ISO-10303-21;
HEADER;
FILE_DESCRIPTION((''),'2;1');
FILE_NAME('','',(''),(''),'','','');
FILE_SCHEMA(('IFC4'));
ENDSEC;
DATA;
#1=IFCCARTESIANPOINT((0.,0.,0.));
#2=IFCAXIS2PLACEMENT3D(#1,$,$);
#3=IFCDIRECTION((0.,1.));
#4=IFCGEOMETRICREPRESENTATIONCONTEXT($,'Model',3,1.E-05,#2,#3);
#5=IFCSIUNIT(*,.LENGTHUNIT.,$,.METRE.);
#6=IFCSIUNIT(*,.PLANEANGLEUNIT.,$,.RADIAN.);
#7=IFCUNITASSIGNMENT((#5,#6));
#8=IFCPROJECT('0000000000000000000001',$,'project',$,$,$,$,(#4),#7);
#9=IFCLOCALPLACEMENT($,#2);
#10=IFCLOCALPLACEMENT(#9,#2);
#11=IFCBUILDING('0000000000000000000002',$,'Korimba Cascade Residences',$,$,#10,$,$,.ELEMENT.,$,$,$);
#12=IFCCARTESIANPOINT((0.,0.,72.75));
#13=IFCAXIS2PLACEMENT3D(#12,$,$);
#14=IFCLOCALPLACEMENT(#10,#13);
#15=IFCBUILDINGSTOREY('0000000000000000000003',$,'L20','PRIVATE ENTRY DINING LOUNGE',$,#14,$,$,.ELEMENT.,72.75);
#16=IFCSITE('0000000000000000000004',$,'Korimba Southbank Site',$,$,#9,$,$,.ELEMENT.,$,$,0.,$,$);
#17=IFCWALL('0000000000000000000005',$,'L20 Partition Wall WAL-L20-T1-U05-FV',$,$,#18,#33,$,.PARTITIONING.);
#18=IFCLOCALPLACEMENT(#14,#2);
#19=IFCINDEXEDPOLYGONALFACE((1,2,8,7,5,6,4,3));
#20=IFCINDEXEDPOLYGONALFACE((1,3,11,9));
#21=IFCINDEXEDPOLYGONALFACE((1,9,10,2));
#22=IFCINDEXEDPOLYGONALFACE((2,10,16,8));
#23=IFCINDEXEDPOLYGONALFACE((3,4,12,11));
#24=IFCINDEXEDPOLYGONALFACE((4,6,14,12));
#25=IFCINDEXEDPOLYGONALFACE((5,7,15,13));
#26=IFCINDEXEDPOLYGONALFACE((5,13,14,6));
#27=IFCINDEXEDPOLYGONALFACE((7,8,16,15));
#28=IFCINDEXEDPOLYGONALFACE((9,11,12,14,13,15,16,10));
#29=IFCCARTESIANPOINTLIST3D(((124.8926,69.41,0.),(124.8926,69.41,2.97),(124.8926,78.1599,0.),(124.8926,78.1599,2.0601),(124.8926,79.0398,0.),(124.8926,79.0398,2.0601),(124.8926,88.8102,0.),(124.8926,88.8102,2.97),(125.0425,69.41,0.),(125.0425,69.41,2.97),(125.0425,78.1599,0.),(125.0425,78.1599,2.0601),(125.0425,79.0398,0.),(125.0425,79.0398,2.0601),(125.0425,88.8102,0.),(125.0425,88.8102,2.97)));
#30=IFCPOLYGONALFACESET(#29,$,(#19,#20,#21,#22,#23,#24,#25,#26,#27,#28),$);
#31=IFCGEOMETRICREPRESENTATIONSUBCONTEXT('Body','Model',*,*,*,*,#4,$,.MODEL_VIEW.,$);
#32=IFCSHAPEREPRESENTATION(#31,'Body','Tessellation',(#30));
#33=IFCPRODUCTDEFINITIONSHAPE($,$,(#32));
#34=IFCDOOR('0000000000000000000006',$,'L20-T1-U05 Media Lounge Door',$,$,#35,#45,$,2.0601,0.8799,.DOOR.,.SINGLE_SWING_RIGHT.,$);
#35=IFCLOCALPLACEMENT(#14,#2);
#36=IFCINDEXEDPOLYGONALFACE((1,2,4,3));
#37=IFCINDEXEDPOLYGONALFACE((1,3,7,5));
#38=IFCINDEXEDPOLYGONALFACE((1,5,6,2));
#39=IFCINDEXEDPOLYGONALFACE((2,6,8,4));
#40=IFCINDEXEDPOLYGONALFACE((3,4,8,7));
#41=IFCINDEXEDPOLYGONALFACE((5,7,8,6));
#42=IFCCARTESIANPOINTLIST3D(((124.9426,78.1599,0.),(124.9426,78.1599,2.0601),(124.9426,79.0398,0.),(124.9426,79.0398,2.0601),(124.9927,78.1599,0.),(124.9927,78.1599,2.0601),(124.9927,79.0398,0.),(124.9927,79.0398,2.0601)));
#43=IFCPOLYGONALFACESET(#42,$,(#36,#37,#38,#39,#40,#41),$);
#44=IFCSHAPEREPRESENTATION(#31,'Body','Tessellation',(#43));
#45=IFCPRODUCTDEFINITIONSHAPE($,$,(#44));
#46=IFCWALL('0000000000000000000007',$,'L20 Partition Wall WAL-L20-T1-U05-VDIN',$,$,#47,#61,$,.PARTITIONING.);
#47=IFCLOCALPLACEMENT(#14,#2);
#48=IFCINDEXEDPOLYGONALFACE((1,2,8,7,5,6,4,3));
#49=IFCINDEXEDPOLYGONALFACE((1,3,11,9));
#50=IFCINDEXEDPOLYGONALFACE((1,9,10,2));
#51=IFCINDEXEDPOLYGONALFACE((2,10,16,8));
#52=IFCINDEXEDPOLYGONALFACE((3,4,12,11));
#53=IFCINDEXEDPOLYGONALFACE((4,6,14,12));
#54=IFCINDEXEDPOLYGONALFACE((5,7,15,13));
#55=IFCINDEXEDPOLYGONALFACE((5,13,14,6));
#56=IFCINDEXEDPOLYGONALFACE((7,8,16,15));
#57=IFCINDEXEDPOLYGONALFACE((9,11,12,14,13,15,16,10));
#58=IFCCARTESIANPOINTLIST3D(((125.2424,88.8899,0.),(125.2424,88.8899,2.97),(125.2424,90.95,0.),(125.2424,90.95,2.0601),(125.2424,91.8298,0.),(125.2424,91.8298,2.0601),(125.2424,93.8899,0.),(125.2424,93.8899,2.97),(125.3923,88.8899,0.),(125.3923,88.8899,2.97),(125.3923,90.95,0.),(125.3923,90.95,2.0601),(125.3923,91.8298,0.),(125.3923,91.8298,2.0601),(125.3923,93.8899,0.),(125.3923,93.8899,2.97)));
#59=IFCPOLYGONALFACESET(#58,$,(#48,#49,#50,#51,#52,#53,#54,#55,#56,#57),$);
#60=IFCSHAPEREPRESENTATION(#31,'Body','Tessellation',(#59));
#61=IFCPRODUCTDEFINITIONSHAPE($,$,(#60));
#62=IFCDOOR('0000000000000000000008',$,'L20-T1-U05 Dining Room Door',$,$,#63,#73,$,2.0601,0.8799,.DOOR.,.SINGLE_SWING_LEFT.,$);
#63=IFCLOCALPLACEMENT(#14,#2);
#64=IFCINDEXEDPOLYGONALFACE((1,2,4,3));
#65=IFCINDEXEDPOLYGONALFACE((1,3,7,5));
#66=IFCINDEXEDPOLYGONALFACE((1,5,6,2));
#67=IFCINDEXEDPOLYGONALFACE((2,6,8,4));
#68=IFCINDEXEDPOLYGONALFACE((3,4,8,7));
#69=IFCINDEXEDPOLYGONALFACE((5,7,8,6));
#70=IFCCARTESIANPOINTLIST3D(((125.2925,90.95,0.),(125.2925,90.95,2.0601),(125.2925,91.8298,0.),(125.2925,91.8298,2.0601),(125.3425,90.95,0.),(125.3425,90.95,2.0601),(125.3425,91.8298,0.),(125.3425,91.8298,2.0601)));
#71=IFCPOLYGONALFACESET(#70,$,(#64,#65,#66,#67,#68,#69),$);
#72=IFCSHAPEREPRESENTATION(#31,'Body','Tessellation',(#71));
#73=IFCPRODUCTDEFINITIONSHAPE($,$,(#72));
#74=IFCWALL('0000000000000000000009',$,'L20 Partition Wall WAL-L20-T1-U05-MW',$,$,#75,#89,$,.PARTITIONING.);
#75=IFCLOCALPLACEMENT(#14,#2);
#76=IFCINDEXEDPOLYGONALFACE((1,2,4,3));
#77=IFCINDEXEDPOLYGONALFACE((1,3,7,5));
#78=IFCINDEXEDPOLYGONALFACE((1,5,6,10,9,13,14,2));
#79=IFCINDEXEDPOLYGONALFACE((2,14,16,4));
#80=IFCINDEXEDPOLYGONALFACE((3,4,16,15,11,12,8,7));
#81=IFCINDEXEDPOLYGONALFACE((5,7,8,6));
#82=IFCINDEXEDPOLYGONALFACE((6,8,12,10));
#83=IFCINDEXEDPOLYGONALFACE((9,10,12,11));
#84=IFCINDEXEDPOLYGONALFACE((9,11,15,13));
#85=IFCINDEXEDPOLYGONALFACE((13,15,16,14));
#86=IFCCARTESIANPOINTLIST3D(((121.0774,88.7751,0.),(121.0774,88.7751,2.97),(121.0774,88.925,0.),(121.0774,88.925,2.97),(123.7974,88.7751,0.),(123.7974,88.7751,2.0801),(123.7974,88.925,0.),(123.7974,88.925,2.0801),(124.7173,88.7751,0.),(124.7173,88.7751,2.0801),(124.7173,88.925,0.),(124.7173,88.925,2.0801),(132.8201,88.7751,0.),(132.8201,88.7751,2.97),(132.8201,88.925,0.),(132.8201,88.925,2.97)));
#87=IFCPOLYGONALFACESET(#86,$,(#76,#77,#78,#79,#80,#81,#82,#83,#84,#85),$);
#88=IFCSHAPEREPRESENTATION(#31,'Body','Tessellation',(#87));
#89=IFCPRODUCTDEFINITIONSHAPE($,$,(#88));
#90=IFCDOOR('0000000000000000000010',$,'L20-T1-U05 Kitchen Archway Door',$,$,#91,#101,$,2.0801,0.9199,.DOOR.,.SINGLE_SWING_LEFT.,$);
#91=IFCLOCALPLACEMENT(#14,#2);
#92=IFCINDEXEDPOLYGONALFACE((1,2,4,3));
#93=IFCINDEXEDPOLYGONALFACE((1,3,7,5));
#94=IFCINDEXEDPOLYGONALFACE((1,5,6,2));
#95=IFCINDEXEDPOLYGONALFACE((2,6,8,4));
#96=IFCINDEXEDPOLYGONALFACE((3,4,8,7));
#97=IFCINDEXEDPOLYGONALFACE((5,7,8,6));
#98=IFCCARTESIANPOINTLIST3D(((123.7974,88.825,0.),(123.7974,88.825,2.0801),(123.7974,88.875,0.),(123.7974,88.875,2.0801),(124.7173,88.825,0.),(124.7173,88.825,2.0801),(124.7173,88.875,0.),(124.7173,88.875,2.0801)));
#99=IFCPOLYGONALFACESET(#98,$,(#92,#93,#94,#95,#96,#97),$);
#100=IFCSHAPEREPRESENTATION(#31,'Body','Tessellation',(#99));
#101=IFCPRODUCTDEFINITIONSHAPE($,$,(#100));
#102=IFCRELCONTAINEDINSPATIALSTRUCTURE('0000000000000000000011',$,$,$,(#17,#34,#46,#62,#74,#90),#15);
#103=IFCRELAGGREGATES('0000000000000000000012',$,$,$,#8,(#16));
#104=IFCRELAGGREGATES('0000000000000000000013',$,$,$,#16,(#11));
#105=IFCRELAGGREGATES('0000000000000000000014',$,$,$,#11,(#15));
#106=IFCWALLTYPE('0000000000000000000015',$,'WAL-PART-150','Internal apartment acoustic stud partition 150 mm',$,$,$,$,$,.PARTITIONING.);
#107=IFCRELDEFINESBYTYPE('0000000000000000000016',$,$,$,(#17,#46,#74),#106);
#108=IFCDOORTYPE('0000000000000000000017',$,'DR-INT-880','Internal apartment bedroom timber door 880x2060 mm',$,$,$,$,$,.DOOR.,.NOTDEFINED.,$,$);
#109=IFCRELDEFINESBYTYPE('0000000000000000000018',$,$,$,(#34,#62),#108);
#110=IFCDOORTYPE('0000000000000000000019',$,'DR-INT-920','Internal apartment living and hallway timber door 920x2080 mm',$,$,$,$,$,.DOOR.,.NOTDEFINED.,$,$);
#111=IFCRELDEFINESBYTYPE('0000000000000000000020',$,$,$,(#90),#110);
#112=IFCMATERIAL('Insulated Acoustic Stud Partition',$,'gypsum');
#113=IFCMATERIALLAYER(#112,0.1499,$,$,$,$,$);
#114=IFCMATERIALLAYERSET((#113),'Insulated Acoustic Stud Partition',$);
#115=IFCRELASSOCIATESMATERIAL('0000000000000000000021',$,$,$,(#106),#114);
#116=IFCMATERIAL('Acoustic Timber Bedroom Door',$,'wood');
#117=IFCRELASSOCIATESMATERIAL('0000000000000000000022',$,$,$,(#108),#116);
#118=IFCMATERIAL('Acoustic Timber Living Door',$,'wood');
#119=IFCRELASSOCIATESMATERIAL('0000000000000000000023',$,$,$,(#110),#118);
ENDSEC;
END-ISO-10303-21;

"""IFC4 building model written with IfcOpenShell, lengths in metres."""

from ifc_helpers import new_model, si_unit, direction, frame, frame_2d, origin, place, context, subcontext, project, spatial, rectangle, extrude, material, layer, layer_set, type_object, element, fill, save


model = new_model("IFC4")

# Units and contexts
model_context = context("Model", 3, precision=1e-05, world=origin(), true_north=direction((0.0, 1.0)))
body_context = subcontext(model_context, "Body", "Model", "MODEL_VIEW")
ifc_project = project(units=[si_unit("LENGTHUNIT", "METRE"), si_unit("PLANEANGLEUNIT", "RADIAN")], contexts=[model_context])

# Site, building, storey
site_placement = place(None, origin())
site = spatial("IfcSite", under=ifc_project, at=site_placement, Name="Korimba Southbank Site", CompositionType="ELEMENT", RefElevation=0.0)
building_placement = place(site_placement, origin())
building = spatial("IfcBuilding", under=site, at=building_placement, Name="Korimba Cascade Residences", CompositionType="ELEMENT")
storey_placement = place(building_placement, frame((0.0, 0.0, 72.75)))
storey = spatial("IfcBuildingStorey", under=building, at=storey_placement, Name="L20", Description="PRIVATE ENTRY DINING LOUNGE", CompositionType="ELEMENT", Elevation=72.75)

# Walls, openings, doors
ifc_material_1 = material(Name="Insulated Acoustic Stud Partition", Category="gypsum")
ifc_layer_1 = layer(ifc_material_1, 0.1499)
ifc_layer_set_1 = layer_set([ifc_layer_1], Name="Insulated Acoustic Stud Partition")
wall_type_1 = type_object("IfcWallType", Name="WAL-PART-150", Description="Internal apartment acoustic stud partition 150 mm", PredefinedType="PARTITIONING", material=ifc_layer_set_1)
ifc_material_2 = material(Name="Acoustic Timber Bedroom Door", Category="wood")
door_type_1 = type_object("IfcDoorType", Name="DR-INT-880", Description="Internal apartment bedroom timber door 880x2060 mm", OperationType="NOTDEFINED", PredefinedType="DOOR", material=ifc_material_2)
wall_1_placement = place(storey_placement, frame((124.9675, 69.4099, 0.0), z_axis=(0.0, 0.0, 1.0), x_axis=(0.0, 1.0, 0.0)))
wall_1 = element("IfcWall", 1, at=wall_1_placement, inside=storey, type_object=wall_type_1, Name="L20 Partition Wall WAL-L20-T1-U05-FV", PredefinedType="PARTITIONING", context=body_context, shape_type="SweptSolid", body=[
    extrude(rectangle(XDim=19.4001, YDim=0.1499, at=frame_2d((9.7002, 0.0))), origin(), (0.0, 0.0, 1.0), 2.97),
])
opening_1_placement = place(wall_1_placement, frame((8.75, 0.0, 0.0)))
opening_1 = element("IfcOpeningElement", 2, at=opening_1_placement, cuts=wall_1, PredefinedType="OPENING", context=body_context, shape_type="SweptSolid", body=[
    extrude(rectangle(XDim=0.8799, YDim=2.0601, at=frame_2d((0.4399, 1.03))), frame((0.0, 0.085, 0.0), z_axis=(0.0, -1.0, 0.0), x_axis=(1.0, 0.0, 0.0)), (0.0, 0.0, 1.0), 0.1699),
])
door_1_placement = place(opening_1_placement, origin())
door_1 = element("IfcDoor", 3, at=door_1_placement, inside=storey, type_object=door_type_1, Name="L20-T1-U05 Media Lounge Door", OperationType="SINGLE_SWING_RIGHT", OverallHeight=2.0601, OverallWidth=0.8799, PredefinedType="DOOR", context=body_context, shape_type="SweptSolid", body=[
    extrude(rectangle(XDim=0.8799, YDim=2.0601, at=frame_2d((0.4399, 1.03))), frame((0.0, 0.0249, 0.0), z_axis=(0.0, -1.0, 0.0), x_axis=(1.0, 0.0, 0.0)), (0.0, 0.0, 1.0), 0.05),
])
fill(opening_1, door_1)
wall_2_placement = place(storey_placement, frame((125.3174, 88.8899, 0.0), z_axis=(0.0, 0.0, 1.0), x_axis=(0.0, 1.0, 0.0)))
wall_2 = element("IfcWall", 4, at=wall_2_placement, inside=storey, type_object=wall_type_1, Name="L20 Partition Wall WAL-L20-T1-U05-VDIN", PredefinedType="PARTITIONING", context=body_context, shape_type="SweptSolid", body=[
    extrude(rectangle(XDim=5.0, YDim=0.1499, at=frame_2d((2.5, 0.0))), origin(), (0.0, 0.0, 1.0), 2.97),
])
opening_2_placement = place(wall_2_placement, frame((2.0601, 0.0, 0.0)))
opening_2 = element("IfcOpeningElement", 5, at=opening_2_placement, cuts=wall_2, PredefinedType="OPENING", context=body_context, shape_type="SweptSolid", body=[
    extrude(rectangle(XDim=0.8799, YDim=2.0601, at=frame_2d((0.4399, 1.03))), frame((0.0, 0.085, 0.0), z_axis=(0.0, -1.0, 0.0), x_axis=(1.0, 0.0, 0.0)), (0.0, 0.0, 1.0), 0.1699),
])
door_2_placement = place(opening_2_placement, origin())
door_2 = element("IfcDoor", 6, at=door_2_placement, inside=storey, type_object=door_type_1, Name="L20-T1-U05 Dining Room Door", OperationType="SINGLE_SWING_LEFT", OverallHeight=2.0601, OverallWidth=0.8799, PredefinedType="DOOR", context=body_context, shape_type="SweptSolid", body=[
    extrude(rectangle(XDim=0.8799, YDim=2.0601, at=frame_2d((0.4399, 1.03))), frame((0.0, 0.0249, 0.0), z_axis=(0.0, -1.0, 0.0), x_axis=(1.0, 0.0, 0.0)), (0.0, 0.0, 1.0), 0.05),
])
fill(opening_2, door_2)
wall_3_placement = place(storey_placement, frame((121.0774, 88.8501, 0.0), z_axis=(0.0, 0.0, 1.0), x_axis=(1.0, 0.0, 0.0)))
wall_3 = element("IfcWall", 7, at=wall_3_placement, inside=storey, type_object=wall_type_1, Name="L20 Partition Wall WAL-L20-T1-U05-MW", PredefinedType="PARTITIONING", context=body_context, shape_type="SweptSolid", body=[
    extrude(rectangle(XDim=11.7427, YDim=0.1499, at=frame_2d((5.8713, 0.0))), origin(), (0.0, 0.0, 1.0), 2.97),
])
opening_3_placement = place(wall_3_placement, frame((2.72, 0.0, 0.0)))
opening_3 = element("IfcOpeningElement", 8, at=opening_3_placement, cuts=wall_3, PredefinedType="OPENING", context=body_context, shape_type="SweptSolid", body=[
    extrude(rectangle(XDim=0.9199, YDim=2.0801, at=frame_2d((0.46, 1.04))), frame((0.0, 0.085, 0.0), z_axis=(0.0, -1.0, 0.0), x_axis=(1.0, 0.0, 0.0)), (0.0, 0.0, 1.0), 0.1699),
])
ifc_material_3 = material(Name="Acoustic Timber Living Door", Category="wood")
door_type_2 = type_object("IfcDoorType", Name="DR-INT-920", Description="Internal apartment living and hallway timber door 920x2080 mm", OperationType="NOTDEFINED", PredefinedType="DOOR", material=ifc_material_3)
door_3_placement = place(opening_3_placement, origin())
door_3 = element("IfcDoor", 9, at=door_3_placement, inside=storey, type_object=door_type_2, Name="L20-T1-U05 Kitchen Archway Door", OperationType="SINGLE_SWING_LEFT", OverallHeight=2.0801, OverallWidth=0.9199, PredefinedType="DOOR", context=body_context, shape_type="SweptSolid", body=[
    extrude(rectangle(XDim=0.9199, YDim=2.0801, at=frame_2d((0.46, 1.04))), frame((0.0, 0.0249, 0.0), z_axis=(0.0, -1.0, 0.0), x_axis=(1.0, 0.0, 0.0)), (0.0, 0.0, 1.0), 0.05),
])
fill(opening_3, door_3)

save(model, "model.ifc")
